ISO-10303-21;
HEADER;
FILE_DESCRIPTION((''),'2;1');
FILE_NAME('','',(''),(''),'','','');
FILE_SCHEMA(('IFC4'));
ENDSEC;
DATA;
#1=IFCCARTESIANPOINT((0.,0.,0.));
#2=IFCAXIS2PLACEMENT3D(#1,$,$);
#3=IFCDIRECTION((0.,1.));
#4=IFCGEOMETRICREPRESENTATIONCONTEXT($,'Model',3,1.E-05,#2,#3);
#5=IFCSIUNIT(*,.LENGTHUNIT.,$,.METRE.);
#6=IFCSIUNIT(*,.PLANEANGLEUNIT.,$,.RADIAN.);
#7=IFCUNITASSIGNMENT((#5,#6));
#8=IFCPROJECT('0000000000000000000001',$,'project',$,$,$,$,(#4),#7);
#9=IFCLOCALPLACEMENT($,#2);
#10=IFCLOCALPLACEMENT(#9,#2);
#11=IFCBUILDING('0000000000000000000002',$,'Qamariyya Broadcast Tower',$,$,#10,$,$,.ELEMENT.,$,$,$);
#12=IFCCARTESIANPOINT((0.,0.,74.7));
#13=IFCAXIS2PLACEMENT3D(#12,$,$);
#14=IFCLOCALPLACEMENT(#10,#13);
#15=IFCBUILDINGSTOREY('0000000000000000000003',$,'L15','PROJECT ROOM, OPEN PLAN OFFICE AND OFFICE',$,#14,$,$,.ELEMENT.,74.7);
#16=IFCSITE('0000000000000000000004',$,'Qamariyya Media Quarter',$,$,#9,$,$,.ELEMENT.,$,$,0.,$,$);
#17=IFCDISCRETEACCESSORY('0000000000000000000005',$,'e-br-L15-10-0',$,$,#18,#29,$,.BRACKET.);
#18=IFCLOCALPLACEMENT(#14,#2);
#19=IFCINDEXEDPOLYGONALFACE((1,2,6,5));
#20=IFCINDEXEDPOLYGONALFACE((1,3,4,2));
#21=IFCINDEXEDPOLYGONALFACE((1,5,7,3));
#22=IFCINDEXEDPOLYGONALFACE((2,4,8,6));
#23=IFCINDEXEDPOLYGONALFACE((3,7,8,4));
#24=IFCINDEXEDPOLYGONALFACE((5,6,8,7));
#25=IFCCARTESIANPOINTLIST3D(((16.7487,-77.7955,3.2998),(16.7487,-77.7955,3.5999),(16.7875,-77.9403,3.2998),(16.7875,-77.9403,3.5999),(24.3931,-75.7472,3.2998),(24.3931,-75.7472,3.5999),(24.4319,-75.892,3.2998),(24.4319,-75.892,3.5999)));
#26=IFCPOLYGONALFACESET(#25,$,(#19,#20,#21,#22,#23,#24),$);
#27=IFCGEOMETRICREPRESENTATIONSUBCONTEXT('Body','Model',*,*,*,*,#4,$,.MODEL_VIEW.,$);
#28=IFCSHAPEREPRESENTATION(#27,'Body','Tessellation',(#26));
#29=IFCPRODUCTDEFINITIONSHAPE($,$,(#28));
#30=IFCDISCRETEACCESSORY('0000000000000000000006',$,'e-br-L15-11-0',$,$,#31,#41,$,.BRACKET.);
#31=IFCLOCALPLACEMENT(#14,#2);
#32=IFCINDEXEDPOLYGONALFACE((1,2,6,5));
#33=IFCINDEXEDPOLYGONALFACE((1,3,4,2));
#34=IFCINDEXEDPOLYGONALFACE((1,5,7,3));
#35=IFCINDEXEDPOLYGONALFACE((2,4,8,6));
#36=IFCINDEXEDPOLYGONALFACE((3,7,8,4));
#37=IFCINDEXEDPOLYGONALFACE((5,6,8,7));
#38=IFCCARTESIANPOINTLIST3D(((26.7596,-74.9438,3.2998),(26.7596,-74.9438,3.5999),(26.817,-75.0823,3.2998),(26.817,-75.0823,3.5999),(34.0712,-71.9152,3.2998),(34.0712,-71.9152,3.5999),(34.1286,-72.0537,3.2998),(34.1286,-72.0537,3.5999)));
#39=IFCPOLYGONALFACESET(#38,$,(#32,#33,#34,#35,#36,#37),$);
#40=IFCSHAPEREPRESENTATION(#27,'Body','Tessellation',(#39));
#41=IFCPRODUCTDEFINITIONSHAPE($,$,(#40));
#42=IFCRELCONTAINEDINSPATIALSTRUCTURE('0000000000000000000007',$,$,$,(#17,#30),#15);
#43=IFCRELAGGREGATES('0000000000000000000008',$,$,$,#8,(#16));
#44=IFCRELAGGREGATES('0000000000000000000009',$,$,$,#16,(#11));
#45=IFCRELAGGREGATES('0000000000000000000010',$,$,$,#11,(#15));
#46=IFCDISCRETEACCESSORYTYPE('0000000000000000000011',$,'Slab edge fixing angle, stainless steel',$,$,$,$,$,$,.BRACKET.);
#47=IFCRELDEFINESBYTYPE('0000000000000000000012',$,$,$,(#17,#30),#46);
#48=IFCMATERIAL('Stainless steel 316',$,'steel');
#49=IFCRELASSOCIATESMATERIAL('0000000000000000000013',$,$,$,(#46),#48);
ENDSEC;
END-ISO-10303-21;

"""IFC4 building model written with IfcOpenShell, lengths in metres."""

from ifc_helpers import new_model, si_unit, direction, frame, origin, origin_2d, place, context, subcontext, project, spatial, rectangle, extrude, material, type_object, element, save


model = new_model("IFC4")

# Units and contexts
model_context = context("Model", 3, precision=1e-05, world=origin(), true_north=direction((0.0, 1.0)))
body_context = subcontext(model_context, "Body", "Model", "MODEL_VIEW")
ifc_project = project(units=[si_unit("LENGTHUNIT", "METRE"), si_unit("PLANEANGLEUNIT", "RADIAN")], contexts=[model_context])

# Site, building, storey
site_placement = place(None, origin())
site = spatial("IfcSite", under=ifc_project, at=site_placement, Name="Qamariyya Media Quarter", CompositionType="ELEMENT", RefElevation=0.0)
building_placement = place(site_placement, origin())
building = spatial("IfcBuilding", under=site, at=building_placement, Name="Qamariyya Broadcast Tower", CompositionType="ELEMENT")
storey_placement = place(building_placement, frame((0.0, 0.0, 74.7)))
storey = spatial("IfcBuildingStorey", under=building, at=storey_placement, Name="L15", Description="PROJECT ROOM, OPEN PLAN OFFICE AND OFFICE", CompositionType="ELEMENT", Elevation=74.7)

# Discrete accessories
ifc_material_1 = material(Name="Stainless steel 316", Category="steel")
discrete_accessory_type = type_object("IfcDiscreteAccessoryType", Name="Slab edge fixing angle, stainless steel", PredefinedType="BRACKET", material=ifc_material_1)
for number, where, z_axis, x_axis, name in (
    (1, (20.5903, -76.8438, 3.2998), (0.0, 0.0, 1.0), (0.965926, 0.258819, 0.0), "e-br-L15-10-0"),
    (2, (30.4441, -73.4988, 3.2998), (0.0, 0.0, 1.0), (0.92388, 0.382683, 0.0), "e-br-L15-11-0"),
):
    element("IfcDiscreteAccessory", number, at=place(storey_placement, frame(where, z_axis=z_axis, x_axis=x_axis)), inside=storey, type_object=discrete_accessory_type, Name=name, PredefinedType="BRACKET", context=body_context, shape_type="SweptSolid", body=[
        extrude(rectangle(XDim=7.9141, YDim=0.1499, at=origin_2d()), origin(), (0.0, 0.0, 1.0), 0.3),
    ])

save(model, "model.ifc")
